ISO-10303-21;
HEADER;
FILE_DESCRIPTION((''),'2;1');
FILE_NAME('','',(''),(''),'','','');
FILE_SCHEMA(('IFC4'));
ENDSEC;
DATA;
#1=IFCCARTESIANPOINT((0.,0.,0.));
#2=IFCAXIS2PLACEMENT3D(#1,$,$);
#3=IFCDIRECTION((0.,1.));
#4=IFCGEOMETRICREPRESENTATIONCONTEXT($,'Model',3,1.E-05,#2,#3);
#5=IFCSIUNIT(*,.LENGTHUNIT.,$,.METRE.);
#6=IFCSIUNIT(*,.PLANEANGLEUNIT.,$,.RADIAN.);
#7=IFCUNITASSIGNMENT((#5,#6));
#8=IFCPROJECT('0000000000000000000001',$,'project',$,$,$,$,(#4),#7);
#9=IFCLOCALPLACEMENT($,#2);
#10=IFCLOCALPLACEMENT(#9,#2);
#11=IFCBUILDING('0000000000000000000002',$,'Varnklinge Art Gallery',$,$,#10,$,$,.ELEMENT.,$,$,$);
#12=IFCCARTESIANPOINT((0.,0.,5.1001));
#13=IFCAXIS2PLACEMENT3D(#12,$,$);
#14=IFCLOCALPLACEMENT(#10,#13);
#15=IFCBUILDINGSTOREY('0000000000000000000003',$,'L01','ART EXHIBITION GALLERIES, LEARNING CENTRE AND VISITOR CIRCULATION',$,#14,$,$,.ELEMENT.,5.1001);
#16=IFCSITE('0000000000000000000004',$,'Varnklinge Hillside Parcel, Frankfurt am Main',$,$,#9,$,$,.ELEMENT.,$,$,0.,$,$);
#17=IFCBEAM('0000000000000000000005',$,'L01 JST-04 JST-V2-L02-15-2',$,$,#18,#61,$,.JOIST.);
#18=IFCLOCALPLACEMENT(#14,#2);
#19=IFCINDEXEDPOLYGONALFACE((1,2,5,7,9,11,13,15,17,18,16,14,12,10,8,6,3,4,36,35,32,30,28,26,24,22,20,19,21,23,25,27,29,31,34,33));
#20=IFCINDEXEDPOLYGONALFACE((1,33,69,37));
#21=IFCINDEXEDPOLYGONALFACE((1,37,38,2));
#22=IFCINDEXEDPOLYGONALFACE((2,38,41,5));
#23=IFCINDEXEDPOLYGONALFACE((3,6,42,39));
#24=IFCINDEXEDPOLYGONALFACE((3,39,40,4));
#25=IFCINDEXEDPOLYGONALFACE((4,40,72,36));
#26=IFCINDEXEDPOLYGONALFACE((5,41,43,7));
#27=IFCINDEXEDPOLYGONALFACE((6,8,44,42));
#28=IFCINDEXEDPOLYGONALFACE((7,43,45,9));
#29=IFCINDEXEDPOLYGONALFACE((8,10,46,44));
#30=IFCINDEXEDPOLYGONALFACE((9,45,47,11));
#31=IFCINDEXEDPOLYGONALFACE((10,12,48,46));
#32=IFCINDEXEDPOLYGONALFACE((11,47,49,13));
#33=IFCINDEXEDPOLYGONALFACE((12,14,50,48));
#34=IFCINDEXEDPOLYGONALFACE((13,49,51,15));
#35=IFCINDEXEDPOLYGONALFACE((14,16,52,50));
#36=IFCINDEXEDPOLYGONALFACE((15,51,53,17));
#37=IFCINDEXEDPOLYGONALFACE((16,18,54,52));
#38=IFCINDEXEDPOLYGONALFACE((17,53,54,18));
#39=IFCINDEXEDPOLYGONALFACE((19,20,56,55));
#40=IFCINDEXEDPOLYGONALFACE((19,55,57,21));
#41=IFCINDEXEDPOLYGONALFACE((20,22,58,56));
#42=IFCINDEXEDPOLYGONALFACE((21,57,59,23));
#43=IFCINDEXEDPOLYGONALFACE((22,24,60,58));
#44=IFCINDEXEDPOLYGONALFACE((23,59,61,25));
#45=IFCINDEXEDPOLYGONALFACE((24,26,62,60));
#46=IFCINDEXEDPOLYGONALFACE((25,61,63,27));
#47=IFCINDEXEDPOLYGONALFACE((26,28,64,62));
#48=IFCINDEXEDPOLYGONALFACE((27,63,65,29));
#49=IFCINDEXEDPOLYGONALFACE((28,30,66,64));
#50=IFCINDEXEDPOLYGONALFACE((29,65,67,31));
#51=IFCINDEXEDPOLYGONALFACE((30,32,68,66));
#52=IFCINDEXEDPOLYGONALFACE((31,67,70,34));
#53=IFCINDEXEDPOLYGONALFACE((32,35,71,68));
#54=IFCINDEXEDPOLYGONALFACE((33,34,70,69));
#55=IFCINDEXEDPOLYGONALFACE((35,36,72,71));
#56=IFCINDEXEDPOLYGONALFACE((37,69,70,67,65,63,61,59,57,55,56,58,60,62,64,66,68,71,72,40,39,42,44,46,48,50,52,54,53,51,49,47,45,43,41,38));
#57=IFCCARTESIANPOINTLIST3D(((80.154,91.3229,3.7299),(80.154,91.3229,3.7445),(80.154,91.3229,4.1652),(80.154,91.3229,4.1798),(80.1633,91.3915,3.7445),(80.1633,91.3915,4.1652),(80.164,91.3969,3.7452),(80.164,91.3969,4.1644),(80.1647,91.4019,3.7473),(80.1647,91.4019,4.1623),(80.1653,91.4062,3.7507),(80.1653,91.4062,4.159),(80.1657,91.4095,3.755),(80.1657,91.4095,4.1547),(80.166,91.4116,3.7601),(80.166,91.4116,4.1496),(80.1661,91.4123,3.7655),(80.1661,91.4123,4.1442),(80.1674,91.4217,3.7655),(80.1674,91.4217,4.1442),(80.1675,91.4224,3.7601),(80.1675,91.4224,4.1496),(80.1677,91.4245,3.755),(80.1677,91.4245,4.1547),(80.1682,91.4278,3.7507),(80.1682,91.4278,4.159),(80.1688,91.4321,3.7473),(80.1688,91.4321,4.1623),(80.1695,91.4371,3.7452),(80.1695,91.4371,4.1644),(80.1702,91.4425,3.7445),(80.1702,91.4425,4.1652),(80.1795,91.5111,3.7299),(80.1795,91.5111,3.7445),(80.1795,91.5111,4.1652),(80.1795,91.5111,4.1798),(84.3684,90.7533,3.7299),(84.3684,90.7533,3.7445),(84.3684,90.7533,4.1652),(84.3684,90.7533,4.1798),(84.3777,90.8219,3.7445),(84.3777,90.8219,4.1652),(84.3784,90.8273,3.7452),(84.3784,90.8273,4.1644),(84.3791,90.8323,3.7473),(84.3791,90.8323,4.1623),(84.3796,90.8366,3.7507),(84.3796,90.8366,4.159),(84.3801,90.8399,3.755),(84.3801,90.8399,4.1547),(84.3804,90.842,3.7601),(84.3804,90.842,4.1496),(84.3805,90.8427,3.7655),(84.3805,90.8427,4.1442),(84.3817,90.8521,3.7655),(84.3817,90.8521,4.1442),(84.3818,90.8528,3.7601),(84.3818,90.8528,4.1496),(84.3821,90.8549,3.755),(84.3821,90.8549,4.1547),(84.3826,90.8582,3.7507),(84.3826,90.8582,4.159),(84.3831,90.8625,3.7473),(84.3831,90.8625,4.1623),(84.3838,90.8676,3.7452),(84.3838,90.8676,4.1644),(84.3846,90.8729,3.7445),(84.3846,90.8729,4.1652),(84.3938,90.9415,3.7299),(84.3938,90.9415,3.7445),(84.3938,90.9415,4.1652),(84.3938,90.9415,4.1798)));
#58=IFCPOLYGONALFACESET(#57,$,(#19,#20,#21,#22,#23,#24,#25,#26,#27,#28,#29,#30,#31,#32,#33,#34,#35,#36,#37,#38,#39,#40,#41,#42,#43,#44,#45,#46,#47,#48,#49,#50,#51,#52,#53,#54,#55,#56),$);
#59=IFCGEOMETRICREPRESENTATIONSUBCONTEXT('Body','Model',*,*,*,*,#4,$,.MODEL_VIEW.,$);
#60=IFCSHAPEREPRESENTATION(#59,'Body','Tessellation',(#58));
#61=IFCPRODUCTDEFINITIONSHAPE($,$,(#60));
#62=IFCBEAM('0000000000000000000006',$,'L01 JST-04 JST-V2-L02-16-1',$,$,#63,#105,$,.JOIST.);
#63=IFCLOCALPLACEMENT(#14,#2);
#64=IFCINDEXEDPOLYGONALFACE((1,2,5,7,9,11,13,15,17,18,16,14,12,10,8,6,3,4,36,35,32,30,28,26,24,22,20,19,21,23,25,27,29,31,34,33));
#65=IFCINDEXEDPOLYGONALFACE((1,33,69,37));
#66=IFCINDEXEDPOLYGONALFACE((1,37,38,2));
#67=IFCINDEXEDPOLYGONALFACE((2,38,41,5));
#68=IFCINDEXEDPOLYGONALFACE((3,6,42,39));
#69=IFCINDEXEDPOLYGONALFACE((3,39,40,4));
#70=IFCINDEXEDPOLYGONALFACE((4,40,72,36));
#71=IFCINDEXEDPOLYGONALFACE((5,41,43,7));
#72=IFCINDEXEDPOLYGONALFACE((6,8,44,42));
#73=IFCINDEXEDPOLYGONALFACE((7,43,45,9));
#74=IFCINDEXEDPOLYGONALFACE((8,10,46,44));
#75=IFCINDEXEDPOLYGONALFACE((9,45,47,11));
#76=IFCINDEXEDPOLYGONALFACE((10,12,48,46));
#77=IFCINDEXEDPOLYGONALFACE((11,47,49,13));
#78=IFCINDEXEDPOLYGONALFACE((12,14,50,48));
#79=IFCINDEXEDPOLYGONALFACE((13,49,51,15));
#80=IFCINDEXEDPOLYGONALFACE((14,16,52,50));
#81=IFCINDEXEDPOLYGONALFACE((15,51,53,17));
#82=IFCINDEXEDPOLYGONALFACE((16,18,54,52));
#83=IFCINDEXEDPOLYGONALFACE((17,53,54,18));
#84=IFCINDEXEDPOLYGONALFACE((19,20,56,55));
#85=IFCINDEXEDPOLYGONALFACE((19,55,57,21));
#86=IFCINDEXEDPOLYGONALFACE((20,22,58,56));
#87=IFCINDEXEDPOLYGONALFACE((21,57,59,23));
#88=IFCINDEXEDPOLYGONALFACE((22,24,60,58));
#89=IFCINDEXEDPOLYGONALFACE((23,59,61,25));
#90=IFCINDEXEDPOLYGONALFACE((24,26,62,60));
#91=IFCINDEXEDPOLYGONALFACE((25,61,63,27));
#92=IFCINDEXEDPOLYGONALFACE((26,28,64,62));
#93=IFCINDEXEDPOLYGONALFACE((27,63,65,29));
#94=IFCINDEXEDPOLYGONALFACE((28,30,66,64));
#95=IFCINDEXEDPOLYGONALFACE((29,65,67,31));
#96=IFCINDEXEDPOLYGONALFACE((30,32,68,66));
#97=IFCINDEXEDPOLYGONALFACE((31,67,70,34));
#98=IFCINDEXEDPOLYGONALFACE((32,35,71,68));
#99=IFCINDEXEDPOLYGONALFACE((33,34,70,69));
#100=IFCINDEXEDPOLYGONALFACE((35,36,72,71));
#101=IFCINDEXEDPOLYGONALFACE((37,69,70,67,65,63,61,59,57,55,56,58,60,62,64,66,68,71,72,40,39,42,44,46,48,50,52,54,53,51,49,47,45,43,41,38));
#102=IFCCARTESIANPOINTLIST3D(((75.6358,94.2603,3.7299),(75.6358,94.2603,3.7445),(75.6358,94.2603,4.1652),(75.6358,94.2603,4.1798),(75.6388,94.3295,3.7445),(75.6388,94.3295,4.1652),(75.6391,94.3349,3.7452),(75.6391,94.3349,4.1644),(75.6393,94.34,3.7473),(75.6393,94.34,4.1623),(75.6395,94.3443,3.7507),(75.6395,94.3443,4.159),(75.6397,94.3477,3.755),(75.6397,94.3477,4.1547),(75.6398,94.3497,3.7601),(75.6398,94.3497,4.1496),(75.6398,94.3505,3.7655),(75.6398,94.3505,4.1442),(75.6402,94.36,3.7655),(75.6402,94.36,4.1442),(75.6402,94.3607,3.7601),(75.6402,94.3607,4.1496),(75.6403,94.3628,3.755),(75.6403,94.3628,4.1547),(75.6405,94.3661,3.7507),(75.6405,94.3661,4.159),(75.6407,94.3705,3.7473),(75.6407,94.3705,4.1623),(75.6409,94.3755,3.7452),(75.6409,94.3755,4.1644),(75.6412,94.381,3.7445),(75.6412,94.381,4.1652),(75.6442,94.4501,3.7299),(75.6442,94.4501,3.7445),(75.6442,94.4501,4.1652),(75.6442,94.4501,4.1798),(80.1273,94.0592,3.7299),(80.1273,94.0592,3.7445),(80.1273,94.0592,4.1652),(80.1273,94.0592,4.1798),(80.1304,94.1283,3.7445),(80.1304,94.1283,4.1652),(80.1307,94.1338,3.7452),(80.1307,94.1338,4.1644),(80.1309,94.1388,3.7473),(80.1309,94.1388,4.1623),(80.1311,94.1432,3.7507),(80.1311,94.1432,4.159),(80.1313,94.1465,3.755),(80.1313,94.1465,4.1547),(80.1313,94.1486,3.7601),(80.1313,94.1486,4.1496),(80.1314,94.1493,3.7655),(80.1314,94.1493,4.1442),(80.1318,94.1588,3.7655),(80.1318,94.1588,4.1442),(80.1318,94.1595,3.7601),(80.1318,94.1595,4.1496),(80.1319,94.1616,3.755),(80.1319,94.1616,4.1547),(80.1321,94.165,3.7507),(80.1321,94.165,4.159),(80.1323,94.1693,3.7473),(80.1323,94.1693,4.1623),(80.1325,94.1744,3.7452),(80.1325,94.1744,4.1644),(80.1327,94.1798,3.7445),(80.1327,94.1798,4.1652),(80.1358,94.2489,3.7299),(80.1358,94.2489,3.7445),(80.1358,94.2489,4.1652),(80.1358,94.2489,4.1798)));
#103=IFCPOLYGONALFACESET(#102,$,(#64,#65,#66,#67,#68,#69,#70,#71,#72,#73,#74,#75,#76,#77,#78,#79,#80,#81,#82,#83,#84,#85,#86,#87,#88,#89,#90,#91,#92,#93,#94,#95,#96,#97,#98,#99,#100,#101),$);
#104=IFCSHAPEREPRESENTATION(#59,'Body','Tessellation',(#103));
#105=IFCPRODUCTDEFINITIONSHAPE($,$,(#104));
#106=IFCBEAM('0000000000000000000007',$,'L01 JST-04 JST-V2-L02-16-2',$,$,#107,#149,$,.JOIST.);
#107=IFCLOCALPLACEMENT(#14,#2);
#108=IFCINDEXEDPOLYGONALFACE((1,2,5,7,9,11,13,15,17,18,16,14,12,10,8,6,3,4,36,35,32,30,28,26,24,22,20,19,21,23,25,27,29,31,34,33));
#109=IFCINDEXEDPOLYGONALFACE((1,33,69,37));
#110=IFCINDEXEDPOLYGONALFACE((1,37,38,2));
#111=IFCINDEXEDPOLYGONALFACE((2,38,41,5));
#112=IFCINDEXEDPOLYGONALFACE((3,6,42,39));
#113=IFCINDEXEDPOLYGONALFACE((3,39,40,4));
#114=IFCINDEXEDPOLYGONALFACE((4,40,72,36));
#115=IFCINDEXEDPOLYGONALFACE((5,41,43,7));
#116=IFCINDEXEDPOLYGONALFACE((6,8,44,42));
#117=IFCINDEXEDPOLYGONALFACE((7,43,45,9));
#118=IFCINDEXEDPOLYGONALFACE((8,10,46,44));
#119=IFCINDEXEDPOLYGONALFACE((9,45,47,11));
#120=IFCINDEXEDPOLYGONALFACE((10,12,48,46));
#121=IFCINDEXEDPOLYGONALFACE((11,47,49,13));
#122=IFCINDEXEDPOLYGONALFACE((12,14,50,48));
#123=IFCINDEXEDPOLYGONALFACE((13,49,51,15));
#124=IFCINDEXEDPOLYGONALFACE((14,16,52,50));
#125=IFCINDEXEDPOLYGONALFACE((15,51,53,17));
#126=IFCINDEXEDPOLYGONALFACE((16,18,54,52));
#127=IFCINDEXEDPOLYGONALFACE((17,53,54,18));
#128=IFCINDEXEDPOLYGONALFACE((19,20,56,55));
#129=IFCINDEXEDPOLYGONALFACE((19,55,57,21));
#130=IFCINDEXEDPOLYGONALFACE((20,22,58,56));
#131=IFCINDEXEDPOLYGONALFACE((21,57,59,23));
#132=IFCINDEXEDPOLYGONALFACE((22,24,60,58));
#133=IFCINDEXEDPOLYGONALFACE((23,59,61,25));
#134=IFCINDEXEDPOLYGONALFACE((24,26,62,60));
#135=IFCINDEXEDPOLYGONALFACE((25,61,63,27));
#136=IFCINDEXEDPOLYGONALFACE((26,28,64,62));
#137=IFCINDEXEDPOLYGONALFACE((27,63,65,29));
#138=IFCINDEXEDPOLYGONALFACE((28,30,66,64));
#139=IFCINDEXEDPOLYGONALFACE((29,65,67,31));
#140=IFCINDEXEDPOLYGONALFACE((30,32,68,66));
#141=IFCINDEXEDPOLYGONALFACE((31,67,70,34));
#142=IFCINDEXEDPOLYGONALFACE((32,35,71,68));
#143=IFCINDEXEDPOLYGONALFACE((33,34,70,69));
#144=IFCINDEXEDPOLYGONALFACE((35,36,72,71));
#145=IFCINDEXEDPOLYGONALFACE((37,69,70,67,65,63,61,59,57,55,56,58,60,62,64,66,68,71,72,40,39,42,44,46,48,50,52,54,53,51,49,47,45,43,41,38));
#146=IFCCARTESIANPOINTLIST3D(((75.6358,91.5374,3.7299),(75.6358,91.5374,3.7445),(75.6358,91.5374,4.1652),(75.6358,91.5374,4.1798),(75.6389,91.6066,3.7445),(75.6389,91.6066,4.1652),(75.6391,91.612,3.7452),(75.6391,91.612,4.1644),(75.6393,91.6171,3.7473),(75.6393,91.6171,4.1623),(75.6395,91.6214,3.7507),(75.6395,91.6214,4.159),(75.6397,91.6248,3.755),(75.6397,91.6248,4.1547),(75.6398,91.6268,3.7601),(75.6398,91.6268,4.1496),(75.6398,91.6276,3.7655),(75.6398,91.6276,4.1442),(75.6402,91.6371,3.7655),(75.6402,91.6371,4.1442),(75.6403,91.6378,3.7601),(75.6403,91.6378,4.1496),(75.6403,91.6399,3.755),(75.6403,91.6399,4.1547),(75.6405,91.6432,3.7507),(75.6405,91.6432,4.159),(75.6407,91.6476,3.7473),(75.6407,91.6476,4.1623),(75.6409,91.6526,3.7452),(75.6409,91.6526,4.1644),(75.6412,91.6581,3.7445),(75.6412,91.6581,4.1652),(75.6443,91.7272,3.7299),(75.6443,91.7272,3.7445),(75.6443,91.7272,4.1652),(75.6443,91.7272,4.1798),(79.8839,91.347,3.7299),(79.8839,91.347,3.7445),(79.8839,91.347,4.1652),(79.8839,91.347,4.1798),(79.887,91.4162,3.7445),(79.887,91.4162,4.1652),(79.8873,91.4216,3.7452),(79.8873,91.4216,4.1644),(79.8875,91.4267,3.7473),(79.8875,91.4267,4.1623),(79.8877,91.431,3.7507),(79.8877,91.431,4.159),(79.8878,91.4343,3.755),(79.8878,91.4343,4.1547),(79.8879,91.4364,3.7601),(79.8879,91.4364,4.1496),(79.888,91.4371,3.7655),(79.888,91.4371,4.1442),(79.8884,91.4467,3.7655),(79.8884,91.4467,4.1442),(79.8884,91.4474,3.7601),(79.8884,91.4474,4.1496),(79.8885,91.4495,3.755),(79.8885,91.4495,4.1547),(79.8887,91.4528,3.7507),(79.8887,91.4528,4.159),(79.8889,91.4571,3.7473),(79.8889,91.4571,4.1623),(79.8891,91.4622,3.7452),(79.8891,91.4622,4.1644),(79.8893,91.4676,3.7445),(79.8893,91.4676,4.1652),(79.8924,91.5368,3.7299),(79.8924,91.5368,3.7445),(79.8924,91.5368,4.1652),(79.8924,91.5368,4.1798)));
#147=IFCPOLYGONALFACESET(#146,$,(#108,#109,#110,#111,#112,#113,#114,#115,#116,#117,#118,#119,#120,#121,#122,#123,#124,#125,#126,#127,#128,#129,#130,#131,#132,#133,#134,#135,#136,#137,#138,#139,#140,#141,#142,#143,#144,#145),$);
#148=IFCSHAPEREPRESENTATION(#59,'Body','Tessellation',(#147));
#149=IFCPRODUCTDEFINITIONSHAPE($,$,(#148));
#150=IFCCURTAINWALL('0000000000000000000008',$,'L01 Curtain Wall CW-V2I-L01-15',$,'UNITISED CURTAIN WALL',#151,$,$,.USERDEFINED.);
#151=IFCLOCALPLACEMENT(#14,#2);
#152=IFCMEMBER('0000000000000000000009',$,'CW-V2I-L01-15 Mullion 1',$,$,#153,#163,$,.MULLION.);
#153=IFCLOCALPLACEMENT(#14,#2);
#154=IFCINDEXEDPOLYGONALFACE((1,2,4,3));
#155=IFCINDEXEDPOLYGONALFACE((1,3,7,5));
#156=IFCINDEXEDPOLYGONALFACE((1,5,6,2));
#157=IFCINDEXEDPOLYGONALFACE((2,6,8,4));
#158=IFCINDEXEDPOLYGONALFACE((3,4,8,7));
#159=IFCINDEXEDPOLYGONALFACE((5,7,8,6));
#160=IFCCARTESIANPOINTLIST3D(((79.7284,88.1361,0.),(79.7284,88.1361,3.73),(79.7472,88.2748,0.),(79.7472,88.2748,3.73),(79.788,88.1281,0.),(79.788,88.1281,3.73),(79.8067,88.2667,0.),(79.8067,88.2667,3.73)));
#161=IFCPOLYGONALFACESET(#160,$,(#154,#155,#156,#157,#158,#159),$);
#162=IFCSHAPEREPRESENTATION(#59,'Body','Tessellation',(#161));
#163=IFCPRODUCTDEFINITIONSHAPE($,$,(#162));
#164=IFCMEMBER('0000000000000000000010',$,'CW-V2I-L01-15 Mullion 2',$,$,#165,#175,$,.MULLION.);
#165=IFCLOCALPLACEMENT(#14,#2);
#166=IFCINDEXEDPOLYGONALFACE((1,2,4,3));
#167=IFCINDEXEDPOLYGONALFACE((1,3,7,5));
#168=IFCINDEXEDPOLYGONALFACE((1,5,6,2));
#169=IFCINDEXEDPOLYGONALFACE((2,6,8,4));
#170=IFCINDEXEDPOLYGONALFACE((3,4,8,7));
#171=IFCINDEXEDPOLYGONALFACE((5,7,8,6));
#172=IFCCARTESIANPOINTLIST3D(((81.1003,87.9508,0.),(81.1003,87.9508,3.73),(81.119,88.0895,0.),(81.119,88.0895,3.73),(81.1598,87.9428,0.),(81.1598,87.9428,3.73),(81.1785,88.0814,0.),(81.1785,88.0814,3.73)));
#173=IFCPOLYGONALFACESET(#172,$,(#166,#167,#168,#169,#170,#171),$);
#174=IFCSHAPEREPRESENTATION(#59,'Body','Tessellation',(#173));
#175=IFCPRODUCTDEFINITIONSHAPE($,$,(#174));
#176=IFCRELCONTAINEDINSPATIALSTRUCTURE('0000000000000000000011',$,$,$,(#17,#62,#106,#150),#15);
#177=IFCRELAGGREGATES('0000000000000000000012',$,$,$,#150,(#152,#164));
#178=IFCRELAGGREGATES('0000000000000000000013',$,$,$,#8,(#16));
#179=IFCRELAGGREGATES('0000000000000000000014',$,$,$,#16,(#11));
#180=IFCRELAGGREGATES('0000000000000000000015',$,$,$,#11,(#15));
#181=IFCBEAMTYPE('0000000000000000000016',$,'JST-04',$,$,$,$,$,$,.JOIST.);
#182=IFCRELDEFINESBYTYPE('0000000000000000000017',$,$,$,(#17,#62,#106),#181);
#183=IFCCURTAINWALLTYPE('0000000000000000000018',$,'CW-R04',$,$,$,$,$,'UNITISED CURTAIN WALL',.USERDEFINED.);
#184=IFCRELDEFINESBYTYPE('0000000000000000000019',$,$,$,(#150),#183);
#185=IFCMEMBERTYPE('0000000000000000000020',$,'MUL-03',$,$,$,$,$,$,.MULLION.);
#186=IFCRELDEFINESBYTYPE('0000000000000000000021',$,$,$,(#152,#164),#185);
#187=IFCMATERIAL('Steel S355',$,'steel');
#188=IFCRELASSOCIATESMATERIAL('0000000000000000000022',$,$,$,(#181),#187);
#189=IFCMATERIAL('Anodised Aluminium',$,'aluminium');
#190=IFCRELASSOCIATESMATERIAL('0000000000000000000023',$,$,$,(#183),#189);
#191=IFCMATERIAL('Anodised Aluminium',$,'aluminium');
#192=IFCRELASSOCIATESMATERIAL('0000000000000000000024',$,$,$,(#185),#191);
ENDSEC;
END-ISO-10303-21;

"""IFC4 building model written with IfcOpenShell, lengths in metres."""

from ifc_helpers import new_model, si_unit, direction, frame, origin, origin_2d, place, context, subcontext, project, spatial, rectangle, i_section, extrude, material, material_profile, profile_set, type_object, element, aggregate, save


model = new_model("IFC4")

# Units and contexts
model_context = context("Model", 3, precision=1e-05, world=origin(), true_north=direction((0.0, 1.0)))
body_context = subcontext(model_context, "Body", "Model", "MODEL_VIEW")
ifc_project = project(units=[si_unit("LENGTHUNIT", "METRE"), si_unit("PLANEANGLEUNIT", "RADIAN")], contexts=[model_context])

# Site, building, storey
site_placement = place(None, origin())
site = spatial("IfcSite", under=ifc_project, at=site_placement, Name="Varnklinge Hillside Parcel, Frankfurt am Main", CompositionType="ELEMENT", RefElevation=0.0)
building_placement = place(site_placement, origin())
building = spatial("IfcBuilding", under=site, at=building_placement, Name="Varnklinge Art Gallery", CompositionType="ELEMENT")
storey_placement = place(building_placement, frame((0.0, 0.0, 5.1001)))
storey = spatial("IfcBuildingStorey", under=building, at=storey_placement, Name="L01", Description="ART EXHIBITION GALLERIES, LEARNING CENTRE AND VISITOR CIRCULATION", CompositionType="ELEMENT", Elevation=5.1001)

# Beams
ifc_material_1 = material(Name="Steel S355", Category="steel")
ifc_material_profile_1 = material_profile(ifc_material_1, i_section(OverallWidth=0.1899, OverallDepth=0.45, WebThickness=0.0095, FlangeThickness=0.0146, FilletRadius=0.021, at=origin_2d()), Name="IPE 450")
ifc_profile_set_1 = profile_set([ifc_material_profile_1], Name="Steel S355")
beam_type_1 = type_object("IfcBeamType", Name="JST-04", PredefinedType="JOIST", material=ifc_profile_set_1)
beam_1_placement = place(storey_placement, frame((84.3811, 90.8474, 3.9548), z_axis=(-0.99099, 0.133935, 0.0), x_axis=(-0.133935, -0.99099, 0.0)))
element("IfcBeam", 1, at=beam_1_placement, inside=storey, type_object=beam_type_1, Name="L01 JST-04 JST-V2-L02-15-2", PredefinedType="JOIST", context=body_context, shape_type="SweptSolid", body=[
    extrude(i_section(OverallWidth=0.1899, OverallDepth=0.45, WebThickness=0.0095, FlangeThickness=0.0146, FilletRadius=0.021, at=origin_2d()), origin(), (0.0, 0.0, 1.0), 4.2527),
])
beam_2_placement = place(storey_placement, frame((80.1316, 94.1541, 3.9548), z_axis=(-0.998999, 0.044743, 0.0), x_axis=(-0.044743, -0.998999, 0.0)))
element("IfcBeam", 2, at=beam_2_placement, inside=storey, type_object=beam_type_1, Name="L01 JST-04 JST-V2-L02-16-1", PredefinedType="JOIST", context=body_context, shape_type="SweptSolid", body=[
    extrude(i_section(OverallWidth=0.1899, OverallDepth=0.45, WebThickness=0.0095, FlangeThickness=0.0146, FilletRadius=0.021, at=origin_2d()), origin(), (0.0, 0.0, 1.0), 4.4961),
])
beam_3_placement = place(storey_placement, frame((79.8882, 91.4419, 3.9548), z_axis=(-0.998997, 0.04478, 0.0), x_axis=(-0.04478, -0.998997, 0.0)))
element("IfcBeam", 3, at=beam_3_placement, inside=storey, type_object=beam_type_1, Name="L01 JST-04 JST-V2-L02-16-2", PredefinedType="JOIST", context=body_context, shape_type="SweptSolid", body=[
    extrude(i_section(OverallWidth=0.1899, OverallDepth=0.45, WebThickness=0.0095, FlangeThickness=0.0146, FilletRadius=0.021, at=origin_2d()), origin(), (0.0, 0.0, 1.0), 4.2524),
])

# Curtain wall, members
ifc_material_2 = material(Name="Anodised Aluminium", Category="aluminium")
curtain_wall_type = type_object("IfcCurtainWallType", Name="CW-R04", ElementType="UNITISED CURTAIN WALL", PredefinedType="USERDEFINED", material=ifc_material_2)
curtain_wall_placement = place(storey_placement, origin())
curtain_wall = element("IfcCurtainWall", 4, at=curtain_wall_placement, inside=storey, type_object=curtain_wall_type, Name="L01 Curtain Wall CW-V2I-L01-15", ObjectType="UNITISED CURTAIN WALL", PredefinedType="USERDEFINED")
ifc_material_3 = material(Name="Anodised Aluminium", Category="aluminium")
ifc_material_profile_2 = material_profile(ifc_material_3, rectangle(XDim=0.0601, YDim=0.1399, at=origin_2d()), Name="ALU 60x140")
ifc_profile_set_2 = profile_set([ifc_material_profile_2], Name="Anodised Aluminium")
member_type_1 = type_object("IfcMemberType", Name="MUL-03", PredefinedType="MULLION", material=ifc_profile_set_2)
member_1_placement = place(storey_placement, frame((79.7676, 88.2014, 0.0), z_axis=(0.0, 0.0, 1.0), x_axis=(0.990983, -0.133986, 0.0)))
member_1 = element("IfcMember", 5, at=member_1_placement, type_object=member_type_1, Name="CW-V2I-L01-15 Mullion 1", PredefinedType="MULLION", context=body_context, shape_type="SweptSolid", body=[
    extrude(rectangle(XDim=0.0601, YDim=0.1399, at=origin_2d()), origin(), (0.0, 0.0, 1.0), 3.73),
])
member_2_placement = place(storey_placement, frame((81.1394, 88.0161, 0.0), z_axis=(0.0, 0.0, 1.0), x_axis=(0.990983, -0.133986, 0.0)))
member_2 = element("IfcMember", 6, at=member_2_placement, type_object=member_type_1, Name="CW-V2I-L01-15 Mullion 2", PredefinedType="MULLION", context=body_context, shape_type="SweptSolid", body=[
    extrude(rectangle(XDim=0.0601, YDim=0.1399, at=origin_2d()), origin(), (0.0, 0.0, 1.0), 3.73),
])

aggregate(curtain_wall, [member_1, member_2])

save(model, "model.ifc")
